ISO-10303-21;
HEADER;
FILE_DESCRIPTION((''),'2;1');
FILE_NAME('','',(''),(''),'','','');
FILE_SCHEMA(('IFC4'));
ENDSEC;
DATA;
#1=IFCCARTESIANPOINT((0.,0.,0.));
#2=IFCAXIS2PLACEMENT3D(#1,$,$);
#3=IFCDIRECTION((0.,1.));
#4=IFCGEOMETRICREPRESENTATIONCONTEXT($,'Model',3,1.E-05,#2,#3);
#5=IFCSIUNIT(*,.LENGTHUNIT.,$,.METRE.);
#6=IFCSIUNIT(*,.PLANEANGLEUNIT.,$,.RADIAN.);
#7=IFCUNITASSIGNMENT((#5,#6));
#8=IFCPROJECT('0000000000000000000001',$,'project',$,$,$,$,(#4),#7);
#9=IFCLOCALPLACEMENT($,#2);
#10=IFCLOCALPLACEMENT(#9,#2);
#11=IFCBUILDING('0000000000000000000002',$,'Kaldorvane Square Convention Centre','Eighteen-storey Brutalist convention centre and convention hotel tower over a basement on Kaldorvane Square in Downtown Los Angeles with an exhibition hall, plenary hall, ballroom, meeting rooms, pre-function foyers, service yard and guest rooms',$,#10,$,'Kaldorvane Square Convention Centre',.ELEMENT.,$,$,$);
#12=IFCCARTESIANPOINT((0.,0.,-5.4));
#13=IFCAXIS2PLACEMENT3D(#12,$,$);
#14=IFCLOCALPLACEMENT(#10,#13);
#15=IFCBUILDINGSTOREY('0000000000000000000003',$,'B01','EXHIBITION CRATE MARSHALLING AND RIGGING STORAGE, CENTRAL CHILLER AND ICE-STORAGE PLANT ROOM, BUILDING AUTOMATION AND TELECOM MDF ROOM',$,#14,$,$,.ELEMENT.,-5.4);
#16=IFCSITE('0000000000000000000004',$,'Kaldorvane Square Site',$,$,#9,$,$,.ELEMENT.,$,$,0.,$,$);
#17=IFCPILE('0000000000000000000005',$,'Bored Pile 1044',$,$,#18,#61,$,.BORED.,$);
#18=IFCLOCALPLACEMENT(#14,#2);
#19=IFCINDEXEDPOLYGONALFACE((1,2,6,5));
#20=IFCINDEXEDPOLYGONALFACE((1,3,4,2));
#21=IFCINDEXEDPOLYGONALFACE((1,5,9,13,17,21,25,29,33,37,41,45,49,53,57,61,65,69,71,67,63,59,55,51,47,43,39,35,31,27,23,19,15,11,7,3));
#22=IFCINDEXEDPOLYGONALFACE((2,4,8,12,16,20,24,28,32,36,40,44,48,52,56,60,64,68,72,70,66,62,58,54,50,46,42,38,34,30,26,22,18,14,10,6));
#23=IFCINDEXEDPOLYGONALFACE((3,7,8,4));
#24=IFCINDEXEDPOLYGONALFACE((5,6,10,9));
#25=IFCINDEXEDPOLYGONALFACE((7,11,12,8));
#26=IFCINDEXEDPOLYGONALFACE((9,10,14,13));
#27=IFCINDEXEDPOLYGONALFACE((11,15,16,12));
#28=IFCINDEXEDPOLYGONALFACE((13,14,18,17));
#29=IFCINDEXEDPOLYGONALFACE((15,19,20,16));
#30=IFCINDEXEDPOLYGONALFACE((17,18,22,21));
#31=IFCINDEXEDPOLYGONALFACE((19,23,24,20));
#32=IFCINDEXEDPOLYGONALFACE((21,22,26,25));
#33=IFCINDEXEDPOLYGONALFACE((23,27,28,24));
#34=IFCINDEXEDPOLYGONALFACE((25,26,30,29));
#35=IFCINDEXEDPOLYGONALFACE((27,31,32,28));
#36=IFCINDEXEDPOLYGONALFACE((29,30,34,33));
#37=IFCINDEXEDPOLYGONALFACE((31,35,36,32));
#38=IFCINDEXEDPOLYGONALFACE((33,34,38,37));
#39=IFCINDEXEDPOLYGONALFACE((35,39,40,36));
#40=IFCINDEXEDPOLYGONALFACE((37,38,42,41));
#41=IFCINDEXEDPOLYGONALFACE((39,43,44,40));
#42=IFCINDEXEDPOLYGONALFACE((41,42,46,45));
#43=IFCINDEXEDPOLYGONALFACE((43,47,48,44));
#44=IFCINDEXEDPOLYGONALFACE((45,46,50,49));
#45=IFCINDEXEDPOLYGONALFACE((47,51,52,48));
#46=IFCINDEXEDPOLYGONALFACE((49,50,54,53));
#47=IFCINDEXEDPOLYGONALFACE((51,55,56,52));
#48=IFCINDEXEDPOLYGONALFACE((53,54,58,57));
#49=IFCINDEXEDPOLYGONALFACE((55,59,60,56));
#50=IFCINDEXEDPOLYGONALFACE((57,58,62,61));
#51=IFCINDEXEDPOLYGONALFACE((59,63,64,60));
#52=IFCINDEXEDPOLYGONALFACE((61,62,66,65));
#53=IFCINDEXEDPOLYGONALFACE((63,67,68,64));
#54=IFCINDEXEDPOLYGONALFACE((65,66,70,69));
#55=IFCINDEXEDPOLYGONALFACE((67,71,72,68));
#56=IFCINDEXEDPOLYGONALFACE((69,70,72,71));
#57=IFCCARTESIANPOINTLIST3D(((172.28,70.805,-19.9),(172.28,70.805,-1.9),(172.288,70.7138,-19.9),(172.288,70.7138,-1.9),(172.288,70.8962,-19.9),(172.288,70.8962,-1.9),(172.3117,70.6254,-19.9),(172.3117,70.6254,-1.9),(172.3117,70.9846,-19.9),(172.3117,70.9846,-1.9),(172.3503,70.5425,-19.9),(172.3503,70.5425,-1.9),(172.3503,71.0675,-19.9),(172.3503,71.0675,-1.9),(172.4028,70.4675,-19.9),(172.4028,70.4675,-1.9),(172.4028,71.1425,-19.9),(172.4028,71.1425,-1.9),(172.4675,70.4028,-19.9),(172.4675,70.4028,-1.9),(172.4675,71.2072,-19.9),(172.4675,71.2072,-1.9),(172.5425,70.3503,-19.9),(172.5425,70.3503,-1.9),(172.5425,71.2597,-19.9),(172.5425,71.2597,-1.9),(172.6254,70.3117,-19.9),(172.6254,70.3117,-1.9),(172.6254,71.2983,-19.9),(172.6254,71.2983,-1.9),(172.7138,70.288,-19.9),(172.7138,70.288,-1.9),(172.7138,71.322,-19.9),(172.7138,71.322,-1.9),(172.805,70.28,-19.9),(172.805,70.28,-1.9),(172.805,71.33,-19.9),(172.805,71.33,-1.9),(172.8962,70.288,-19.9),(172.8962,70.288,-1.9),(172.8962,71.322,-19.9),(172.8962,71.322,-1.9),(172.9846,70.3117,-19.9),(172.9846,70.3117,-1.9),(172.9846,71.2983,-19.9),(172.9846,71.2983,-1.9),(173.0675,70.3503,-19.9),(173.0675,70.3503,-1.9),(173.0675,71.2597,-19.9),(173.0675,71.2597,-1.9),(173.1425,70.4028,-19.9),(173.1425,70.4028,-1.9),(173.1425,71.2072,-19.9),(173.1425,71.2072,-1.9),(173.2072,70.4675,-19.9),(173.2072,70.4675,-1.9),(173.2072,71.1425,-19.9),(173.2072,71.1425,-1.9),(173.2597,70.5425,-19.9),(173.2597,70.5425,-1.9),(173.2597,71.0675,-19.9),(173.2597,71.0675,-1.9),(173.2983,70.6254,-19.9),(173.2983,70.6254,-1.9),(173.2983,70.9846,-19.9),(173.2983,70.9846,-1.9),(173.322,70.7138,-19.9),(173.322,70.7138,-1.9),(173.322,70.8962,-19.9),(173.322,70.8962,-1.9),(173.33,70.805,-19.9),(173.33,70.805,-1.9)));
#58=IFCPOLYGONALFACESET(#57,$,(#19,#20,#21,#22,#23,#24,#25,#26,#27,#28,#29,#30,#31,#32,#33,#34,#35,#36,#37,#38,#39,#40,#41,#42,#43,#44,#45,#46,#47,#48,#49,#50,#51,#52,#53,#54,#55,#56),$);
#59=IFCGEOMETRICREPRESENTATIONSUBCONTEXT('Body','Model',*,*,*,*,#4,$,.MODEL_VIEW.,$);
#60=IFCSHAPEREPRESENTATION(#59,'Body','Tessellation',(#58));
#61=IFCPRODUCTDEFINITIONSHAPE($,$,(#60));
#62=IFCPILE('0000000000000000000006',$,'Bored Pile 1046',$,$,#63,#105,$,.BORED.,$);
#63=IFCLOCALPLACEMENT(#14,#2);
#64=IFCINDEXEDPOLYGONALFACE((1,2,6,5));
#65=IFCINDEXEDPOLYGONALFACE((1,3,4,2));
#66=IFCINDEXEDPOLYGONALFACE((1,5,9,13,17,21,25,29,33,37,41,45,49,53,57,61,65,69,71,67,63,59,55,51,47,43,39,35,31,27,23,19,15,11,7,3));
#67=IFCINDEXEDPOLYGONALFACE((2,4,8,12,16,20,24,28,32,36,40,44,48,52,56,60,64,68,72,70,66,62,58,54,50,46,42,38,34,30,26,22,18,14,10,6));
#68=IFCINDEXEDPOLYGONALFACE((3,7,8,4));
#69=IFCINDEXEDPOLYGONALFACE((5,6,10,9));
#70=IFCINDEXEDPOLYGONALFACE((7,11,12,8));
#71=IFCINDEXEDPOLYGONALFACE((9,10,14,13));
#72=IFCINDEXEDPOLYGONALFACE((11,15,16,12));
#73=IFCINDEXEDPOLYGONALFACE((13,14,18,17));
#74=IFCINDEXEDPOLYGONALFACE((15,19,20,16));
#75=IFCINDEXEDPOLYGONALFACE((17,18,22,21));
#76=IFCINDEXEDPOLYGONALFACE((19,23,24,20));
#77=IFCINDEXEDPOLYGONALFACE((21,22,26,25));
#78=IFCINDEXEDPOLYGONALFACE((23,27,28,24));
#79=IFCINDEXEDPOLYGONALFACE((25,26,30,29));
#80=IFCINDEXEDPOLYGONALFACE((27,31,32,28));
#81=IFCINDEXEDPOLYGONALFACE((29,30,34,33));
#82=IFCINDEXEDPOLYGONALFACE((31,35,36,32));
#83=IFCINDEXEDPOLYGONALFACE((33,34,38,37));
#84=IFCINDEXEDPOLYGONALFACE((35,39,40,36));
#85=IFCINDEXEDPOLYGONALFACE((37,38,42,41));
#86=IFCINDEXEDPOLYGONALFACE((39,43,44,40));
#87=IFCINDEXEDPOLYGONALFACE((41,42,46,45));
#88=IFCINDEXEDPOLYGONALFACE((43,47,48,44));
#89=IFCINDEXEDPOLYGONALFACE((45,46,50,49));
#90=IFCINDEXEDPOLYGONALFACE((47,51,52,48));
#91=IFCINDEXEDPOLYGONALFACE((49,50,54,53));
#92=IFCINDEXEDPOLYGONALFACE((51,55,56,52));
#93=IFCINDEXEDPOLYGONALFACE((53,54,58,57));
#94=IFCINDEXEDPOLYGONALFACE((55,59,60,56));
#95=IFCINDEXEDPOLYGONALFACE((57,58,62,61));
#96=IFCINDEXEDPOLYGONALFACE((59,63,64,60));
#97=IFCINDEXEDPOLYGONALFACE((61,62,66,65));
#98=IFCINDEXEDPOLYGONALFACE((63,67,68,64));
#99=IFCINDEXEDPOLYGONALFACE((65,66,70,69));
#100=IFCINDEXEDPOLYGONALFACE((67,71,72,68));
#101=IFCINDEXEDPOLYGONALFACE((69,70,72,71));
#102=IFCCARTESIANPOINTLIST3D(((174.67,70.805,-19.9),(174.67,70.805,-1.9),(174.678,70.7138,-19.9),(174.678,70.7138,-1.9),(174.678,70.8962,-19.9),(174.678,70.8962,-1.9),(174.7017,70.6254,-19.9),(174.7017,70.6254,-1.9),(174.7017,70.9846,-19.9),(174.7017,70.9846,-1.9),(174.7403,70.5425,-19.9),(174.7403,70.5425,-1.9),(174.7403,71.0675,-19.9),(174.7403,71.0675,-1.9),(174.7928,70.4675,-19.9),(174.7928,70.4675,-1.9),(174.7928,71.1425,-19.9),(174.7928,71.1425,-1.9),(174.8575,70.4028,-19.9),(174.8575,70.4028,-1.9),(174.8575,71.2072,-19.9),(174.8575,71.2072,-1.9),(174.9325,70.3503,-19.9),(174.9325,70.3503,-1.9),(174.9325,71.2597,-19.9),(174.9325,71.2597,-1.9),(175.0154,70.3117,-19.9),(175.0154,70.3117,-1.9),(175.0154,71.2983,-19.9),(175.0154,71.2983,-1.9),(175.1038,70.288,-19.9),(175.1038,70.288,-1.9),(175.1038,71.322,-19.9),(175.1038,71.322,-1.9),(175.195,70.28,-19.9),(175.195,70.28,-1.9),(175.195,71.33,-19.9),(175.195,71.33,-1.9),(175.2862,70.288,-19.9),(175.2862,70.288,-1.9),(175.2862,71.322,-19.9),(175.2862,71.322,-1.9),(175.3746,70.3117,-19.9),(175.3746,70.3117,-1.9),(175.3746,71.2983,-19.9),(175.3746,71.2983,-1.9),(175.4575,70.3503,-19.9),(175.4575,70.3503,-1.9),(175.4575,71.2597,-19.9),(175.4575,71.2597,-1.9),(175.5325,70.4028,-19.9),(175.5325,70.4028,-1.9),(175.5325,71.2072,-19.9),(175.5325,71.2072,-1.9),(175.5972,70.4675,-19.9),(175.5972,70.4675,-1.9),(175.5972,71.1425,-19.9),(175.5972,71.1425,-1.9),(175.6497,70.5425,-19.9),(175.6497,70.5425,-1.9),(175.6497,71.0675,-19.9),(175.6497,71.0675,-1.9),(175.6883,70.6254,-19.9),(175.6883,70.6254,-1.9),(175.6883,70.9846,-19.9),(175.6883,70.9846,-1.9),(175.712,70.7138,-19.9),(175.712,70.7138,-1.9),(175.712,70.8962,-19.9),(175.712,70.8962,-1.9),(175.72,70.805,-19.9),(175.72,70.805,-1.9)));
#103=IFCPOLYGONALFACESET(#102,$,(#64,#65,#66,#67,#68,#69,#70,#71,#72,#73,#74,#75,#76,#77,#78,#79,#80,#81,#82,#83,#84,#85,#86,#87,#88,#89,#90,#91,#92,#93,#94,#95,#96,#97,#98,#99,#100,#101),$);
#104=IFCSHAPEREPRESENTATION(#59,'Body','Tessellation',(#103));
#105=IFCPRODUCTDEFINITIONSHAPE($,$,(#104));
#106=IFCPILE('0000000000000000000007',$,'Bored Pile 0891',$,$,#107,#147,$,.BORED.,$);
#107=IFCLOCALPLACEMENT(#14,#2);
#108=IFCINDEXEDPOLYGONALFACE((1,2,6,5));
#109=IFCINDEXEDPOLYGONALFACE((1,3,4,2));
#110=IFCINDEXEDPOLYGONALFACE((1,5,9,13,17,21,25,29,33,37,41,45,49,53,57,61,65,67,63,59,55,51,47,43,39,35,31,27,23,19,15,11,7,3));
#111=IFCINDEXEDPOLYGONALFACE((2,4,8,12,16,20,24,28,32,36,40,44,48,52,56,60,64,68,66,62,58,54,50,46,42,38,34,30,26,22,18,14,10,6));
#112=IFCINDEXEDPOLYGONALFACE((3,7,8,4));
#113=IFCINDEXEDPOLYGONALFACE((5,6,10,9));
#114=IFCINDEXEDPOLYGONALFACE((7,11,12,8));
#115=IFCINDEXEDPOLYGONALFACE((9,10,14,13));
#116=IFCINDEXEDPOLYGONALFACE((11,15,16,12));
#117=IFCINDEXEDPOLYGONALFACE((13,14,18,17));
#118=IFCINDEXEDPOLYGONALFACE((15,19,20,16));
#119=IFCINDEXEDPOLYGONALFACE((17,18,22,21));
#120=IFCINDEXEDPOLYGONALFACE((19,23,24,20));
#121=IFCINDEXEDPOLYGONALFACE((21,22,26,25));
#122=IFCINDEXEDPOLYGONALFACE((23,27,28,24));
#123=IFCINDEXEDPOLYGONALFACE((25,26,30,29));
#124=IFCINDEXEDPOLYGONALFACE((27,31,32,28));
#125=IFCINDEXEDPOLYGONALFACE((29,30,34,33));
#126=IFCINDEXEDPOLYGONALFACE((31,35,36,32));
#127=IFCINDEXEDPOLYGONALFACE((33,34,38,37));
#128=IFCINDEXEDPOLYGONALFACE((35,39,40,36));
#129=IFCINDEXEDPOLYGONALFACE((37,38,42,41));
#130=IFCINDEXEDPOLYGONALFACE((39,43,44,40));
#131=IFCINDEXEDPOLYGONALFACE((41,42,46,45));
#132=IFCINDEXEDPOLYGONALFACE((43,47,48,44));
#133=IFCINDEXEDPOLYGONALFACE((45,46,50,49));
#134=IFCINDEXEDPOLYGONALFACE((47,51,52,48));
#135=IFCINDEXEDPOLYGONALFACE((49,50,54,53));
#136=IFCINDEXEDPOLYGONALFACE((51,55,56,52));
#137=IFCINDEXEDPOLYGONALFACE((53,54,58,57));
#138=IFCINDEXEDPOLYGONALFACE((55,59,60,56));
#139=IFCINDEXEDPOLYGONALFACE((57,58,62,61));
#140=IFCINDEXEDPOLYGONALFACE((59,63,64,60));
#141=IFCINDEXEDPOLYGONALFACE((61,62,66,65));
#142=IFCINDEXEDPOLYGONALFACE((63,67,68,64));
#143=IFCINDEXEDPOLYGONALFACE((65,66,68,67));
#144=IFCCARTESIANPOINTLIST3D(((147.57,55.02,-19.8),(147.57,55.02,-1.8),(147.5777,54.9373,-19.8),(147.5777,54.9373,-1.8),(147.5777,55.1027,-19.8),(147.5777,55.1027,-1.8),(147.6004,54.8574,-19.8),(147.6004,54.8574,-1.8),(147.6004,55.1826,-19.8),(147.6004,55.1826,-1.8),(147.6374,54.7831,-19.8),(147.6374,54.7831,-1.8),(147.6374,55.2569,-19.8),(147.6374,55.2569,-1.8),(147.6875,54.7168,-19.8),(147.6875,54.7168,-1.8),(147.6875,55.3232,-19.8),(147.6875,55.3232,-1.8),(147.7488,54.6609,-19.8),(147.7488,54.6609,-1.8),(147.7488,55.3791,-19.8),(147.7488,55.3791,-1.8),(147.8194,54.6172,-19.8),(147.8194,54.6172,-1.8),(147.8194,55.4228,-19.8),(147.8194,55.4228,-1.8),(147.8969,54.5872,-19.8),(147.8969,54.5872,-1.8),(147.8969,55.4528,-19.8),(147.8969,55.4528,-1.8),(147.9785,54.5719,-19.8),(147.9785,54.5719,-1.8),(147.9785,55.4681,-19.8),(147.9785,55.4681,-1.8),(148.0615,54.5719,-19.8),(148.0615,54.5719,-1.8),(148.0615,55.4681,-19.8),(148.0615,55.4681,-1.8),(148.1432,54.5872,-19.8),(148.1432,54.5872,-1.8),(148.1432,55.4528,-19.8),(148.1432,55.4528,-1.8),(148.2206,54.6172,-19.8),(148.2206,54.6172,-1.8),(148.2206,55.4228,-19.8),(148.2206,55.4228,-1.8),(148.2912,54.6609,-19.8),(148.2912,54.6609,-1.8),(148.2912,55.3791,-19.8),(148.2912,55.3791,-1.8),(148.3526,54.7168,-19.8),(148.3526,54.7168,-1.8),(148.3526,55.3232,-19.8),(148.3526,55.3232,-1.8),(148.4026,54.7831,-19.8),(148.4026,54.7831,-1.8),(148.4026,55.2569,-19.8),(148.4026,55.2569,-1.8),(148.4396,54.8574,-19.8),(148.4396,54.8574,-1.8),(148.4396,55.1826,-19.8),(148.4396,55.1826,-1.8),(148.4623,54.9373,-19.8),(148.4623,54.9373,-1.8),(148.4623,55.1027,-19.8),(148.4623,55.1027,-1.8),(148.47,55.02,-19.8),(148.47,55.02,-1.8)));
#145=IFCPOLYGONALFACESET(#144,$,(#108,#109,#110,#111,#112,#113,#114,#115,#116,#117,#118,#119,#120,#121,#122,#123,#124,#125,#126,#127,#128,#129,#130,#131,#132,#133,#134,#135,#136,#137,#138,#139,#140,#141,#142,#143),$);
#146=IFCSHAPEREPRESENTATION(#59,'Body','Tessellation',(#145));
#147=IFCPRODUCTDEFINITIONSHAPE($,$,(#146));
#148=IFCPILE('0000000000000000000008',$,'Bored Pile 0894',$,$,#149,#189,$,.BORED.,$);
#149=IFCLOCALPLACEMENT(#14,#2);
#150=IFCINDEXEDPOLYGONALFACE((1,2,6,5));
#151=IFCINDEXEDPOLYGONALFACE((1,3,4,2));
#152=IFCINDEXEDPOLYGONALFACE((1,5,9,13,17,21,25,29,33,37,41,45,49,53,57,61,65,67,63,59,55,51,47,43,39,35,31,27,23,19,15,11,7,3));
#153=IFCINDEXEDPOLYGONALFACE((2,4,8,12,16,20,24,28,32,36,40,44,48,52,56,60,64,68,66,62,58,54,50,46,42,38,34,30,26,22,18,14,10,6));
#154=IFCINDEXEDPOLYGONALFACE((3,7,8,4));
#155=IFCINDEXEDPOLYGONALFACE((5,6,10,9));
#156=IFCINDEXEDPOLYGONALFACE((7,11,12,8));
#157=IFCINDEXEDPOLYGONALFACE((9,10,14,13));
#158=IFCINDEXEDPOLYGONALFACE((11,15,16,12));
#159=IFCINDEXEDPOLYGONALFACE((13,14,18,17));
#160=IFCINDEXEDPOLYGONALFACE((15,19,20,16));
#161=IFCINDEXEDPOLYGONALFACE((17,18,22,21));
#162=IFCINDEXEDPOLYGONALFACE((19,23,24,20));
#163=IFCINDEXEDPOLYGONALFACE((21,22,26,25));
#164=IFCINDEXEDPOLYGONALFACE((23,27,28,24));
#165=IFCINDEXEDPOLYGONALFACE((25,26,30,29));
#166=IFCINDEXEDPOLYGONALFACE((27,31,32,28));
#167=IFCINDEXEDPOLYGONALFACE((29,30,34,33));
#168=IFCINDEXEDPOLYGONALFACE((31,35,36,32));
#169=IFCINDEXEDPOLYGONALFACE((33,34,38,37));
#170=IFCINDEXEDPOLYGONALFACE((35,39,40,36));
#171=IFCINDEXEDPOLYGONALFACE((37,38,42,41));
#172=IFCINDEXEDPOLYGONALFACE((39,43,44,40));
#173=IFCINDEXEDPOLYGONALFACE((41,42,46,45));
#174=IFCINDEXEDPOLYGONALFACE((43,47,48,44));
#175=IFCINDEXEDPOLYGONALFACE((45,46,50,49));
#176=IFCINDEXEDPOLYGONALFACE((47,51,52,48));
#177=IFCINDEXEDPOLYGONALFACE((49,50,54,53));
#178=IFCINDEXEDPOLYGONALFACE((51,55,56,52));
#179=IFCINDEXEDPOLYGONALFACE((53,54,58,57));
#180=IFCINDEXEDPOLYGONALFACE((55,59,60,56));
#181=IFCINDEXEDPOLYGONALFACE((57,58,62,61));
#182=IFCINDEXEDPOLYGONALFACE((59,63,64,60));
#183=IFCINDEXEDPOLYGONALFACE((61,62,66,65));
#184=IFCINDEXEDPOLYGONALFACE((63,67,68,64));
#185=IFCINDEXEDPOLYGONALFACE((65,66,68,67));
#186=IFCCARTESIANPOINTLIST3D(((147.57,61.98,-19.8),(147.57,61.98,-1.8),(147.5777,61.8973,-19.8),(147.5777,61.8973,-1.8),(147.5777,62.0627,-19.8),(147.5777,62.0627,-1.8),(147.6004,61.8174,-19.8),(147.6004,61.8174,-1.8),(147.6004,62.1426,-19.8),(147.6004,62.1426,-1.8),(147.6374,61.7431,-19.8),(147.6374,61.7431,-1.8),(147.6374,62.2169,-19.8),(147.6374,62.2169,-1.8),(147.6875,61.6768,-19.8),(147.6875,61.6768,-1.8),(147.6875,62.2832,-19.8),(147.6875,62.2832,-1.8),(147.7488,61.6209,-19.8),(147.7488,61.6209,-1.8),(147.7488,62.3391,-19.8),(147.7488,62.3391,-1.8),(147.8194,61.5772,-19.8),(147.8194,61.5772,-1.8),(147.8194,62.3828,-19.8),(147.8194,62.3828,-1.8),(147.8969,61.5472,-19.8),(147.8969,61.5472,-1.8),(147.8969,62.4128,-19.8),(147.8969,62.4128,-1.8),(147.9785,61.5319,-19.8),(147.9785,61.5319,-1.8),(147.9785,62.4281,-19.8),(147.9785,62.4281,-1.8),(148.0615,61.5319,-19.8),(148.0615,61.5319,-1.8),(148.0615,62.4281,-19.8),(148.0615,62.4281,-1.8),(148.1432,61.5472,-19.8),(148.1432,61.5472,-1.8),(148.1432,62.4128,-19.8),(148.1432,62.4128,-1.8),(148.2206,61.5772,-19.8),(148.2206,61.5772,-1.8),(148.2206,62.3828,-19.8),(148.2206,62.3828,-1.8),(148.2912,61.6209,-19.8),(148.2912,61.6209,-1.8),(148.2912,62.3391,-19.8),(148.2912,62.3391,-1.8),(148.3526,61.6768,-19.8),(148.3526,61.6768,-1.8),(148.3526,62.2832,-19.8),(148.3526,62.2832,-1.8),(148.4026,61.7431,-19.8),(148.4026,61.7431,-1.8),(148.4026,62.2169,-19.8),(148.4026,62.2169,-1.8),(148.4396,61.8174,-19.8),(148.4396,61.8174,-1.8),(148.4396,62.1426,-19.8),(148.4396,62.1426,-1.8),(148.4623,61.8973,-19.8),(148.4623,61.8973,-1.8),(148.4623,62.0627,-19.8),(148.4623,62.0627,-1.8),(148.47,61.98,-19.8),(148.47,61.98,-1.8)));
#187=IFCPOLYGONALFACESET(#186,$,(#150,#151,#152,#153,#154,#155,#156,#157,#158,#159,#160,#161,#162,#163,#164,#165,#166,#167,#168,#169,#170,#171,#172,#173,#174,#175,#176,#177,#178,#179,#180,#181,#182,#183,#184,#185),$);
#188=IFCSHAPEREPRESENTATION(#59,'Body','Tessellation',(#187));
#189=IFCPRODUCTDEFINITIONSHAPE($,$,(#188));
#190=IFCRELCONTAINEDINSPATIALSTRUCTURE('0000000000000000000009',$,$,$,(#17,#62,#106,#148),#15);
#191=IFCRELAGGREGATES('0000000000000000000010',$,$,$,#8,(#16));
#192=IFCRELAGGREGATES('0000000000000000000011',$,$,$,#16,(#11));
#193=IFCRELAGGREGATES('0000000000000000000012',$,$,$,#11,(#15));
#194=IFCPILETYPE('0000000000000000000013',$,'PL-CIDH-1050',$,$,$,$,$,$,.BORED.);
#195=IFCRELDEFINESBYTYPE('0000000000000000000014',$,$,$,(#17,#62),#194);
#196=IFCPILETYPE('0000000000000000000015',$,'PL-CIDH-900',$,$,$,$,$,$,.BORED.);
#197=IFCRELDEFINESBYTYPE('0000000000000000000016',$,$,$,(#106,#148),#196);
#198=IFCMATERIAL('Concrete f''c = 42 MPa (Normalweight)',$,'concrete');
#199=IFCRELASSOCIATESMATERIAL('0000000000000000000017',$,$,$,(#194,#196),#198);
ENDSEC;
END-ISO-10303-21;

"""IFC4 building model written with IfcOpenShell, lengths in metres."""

from ifc_helpers import new_model, si_unit, direction, frame, origin, origin_2d, place, context, subcontext, project, spatial, circle, extrude, material, material_profile, profile_set, type_object, element, save


model = new_model("IFC4")

# Units and contexts
model_context = context("Model", 3, precision=1e-05, world=origin(), true_north=direction((0.0, 1.0)))
body_context = subcontext(model_context, "Body", "Model", "MODEL_VIEW")
ifc_project = project(units=[si_unit("LENGTHUNIT", "METRE"), si_unit("PLANEANGLEUNIT", "RADIAN")], contexts=[model_context])

# Site, building, storey
site_placement = place(None, origin())
site = spatial("IfcSite", under=ifc_project, at=site_placement, Name="Kaldorvane Square Site", CompositionType="ELEMENT", RefElevation=0.0)
building_placement = place(site_placement, origin())
building = spatial("IfcBuilding", under=site, at=building_placement, Name="Kaldorvane Square Convention Centre", Description="Eighteen-storey Brutalist convention centre and convention hotel tower over a basement on Kaldorvane Square in Downtown Los Angeles with an exhibition hall, plenary hall, ballroom, meeting rooms, pre-function foyers, service yard and guest rooms", LongName="Kaldorvane Square Convention Centre", CompositionType="ELEMENT")
storey_placement = place(building_placement, frame((0.0, 0.0, -5.4)))
storey = spatial("IfcBuildingStorey", under=building, at=storey_placement, Name="B01", Description="EXHIBITION CRATE MARSHALLING AND RIGGING STORAGE, CENTRAL CHILLER AND ICE-STORAGE PLANT ROOM, BUILDING AUTOMATION AND TELECOM MDF ROOM", CompositionType="ELEMENT", Elevation=-5.4)

# Shared definitions
ifc_material_1 = material(Name="Concrete f'c = 42 MPa (Normalweight)", Category="concrete")

# Piles
ifc_material_profile_1 = material_profile(ifc_material_1, circle(Radius=0.525, at=origin_2d()), Name="PILE-D1050")
ifc_profile_set_1 = profile_set([ifc_material_profile_1], Name="Concrete f'c = 42 MPa (Normalweight)")
pile_type_1 = type_object("IfcPileType", Name="PL-CIDH-1050", PredefinedType="BORED", material=ifc_profile_set_1)
for number, where, z_axis, x_axis, name in (
    (1, (172.805, 70.805, -1.9), (0.0, 0.0, -1.0), (1.0, 0.0, 0.0), "Bored Pile 1044"),
    (2, (175.195, 70.805, -1.9), (0.0, 0.0, -1.0), (1.0, 0.0, 0.0), "Bored Pile 1046"),
):
    element("IfcPile", number, at=place(storey_placement, frame(where, z_axis=z_axis, x_axis=x_axis)), inside=storey, type_object=pile_type_1, Name=name, PredefinedType="BORED", context=body_context, shape_type="SweptSolid", body=[
        extrude(circle(Radius=0.525, at=origin_2d()), origin(), (0.0, 0.0, 1.0), 18.0),
    ])
ifc_material_profile_2 = material_profile(ifc_material_1, circle(Radius=0.45, at=origin_2d()), Name="PILE-D900")
ifc_profile_set_2 = profile_set([ifc_material_profile_2], Name="Concrete f'c = 42 MPa (Normalweight)")
pile_type_2 = type_object("IfcPileType", Name="PL-CIDH-900", PredefinedType="BORED", material=ifc_profile_set_2)
for number, where, z_axis, x_axis, name in (
    (3, (148.02, 55.02, -1.8), (0.0, 0.0, -1.0), (1.0, 0.0, 0.0), "Bored Pile 0891"),
    (4, (148.02, 61.98, -1.8), (0.0, 0.0, -1.0), (1.0, 0.0, 0.0), "Bored Pile 0894"),
):
    element("IfcPile", number, at=place(storey_placement, frame(where, z_axis=z_axis, x_axis=x_axis)), inside=storey, type_object=pile_type_2, Name=name, PredefinedType="BORED", context=body_context, shape_type="SweptSolid", body=[
        extrude(circle(Radius=0.45, at=origin_2d()), origin(), (0.0, 0.0, 1.0), 18.0),
    ])

save(model, "model.ifc")
